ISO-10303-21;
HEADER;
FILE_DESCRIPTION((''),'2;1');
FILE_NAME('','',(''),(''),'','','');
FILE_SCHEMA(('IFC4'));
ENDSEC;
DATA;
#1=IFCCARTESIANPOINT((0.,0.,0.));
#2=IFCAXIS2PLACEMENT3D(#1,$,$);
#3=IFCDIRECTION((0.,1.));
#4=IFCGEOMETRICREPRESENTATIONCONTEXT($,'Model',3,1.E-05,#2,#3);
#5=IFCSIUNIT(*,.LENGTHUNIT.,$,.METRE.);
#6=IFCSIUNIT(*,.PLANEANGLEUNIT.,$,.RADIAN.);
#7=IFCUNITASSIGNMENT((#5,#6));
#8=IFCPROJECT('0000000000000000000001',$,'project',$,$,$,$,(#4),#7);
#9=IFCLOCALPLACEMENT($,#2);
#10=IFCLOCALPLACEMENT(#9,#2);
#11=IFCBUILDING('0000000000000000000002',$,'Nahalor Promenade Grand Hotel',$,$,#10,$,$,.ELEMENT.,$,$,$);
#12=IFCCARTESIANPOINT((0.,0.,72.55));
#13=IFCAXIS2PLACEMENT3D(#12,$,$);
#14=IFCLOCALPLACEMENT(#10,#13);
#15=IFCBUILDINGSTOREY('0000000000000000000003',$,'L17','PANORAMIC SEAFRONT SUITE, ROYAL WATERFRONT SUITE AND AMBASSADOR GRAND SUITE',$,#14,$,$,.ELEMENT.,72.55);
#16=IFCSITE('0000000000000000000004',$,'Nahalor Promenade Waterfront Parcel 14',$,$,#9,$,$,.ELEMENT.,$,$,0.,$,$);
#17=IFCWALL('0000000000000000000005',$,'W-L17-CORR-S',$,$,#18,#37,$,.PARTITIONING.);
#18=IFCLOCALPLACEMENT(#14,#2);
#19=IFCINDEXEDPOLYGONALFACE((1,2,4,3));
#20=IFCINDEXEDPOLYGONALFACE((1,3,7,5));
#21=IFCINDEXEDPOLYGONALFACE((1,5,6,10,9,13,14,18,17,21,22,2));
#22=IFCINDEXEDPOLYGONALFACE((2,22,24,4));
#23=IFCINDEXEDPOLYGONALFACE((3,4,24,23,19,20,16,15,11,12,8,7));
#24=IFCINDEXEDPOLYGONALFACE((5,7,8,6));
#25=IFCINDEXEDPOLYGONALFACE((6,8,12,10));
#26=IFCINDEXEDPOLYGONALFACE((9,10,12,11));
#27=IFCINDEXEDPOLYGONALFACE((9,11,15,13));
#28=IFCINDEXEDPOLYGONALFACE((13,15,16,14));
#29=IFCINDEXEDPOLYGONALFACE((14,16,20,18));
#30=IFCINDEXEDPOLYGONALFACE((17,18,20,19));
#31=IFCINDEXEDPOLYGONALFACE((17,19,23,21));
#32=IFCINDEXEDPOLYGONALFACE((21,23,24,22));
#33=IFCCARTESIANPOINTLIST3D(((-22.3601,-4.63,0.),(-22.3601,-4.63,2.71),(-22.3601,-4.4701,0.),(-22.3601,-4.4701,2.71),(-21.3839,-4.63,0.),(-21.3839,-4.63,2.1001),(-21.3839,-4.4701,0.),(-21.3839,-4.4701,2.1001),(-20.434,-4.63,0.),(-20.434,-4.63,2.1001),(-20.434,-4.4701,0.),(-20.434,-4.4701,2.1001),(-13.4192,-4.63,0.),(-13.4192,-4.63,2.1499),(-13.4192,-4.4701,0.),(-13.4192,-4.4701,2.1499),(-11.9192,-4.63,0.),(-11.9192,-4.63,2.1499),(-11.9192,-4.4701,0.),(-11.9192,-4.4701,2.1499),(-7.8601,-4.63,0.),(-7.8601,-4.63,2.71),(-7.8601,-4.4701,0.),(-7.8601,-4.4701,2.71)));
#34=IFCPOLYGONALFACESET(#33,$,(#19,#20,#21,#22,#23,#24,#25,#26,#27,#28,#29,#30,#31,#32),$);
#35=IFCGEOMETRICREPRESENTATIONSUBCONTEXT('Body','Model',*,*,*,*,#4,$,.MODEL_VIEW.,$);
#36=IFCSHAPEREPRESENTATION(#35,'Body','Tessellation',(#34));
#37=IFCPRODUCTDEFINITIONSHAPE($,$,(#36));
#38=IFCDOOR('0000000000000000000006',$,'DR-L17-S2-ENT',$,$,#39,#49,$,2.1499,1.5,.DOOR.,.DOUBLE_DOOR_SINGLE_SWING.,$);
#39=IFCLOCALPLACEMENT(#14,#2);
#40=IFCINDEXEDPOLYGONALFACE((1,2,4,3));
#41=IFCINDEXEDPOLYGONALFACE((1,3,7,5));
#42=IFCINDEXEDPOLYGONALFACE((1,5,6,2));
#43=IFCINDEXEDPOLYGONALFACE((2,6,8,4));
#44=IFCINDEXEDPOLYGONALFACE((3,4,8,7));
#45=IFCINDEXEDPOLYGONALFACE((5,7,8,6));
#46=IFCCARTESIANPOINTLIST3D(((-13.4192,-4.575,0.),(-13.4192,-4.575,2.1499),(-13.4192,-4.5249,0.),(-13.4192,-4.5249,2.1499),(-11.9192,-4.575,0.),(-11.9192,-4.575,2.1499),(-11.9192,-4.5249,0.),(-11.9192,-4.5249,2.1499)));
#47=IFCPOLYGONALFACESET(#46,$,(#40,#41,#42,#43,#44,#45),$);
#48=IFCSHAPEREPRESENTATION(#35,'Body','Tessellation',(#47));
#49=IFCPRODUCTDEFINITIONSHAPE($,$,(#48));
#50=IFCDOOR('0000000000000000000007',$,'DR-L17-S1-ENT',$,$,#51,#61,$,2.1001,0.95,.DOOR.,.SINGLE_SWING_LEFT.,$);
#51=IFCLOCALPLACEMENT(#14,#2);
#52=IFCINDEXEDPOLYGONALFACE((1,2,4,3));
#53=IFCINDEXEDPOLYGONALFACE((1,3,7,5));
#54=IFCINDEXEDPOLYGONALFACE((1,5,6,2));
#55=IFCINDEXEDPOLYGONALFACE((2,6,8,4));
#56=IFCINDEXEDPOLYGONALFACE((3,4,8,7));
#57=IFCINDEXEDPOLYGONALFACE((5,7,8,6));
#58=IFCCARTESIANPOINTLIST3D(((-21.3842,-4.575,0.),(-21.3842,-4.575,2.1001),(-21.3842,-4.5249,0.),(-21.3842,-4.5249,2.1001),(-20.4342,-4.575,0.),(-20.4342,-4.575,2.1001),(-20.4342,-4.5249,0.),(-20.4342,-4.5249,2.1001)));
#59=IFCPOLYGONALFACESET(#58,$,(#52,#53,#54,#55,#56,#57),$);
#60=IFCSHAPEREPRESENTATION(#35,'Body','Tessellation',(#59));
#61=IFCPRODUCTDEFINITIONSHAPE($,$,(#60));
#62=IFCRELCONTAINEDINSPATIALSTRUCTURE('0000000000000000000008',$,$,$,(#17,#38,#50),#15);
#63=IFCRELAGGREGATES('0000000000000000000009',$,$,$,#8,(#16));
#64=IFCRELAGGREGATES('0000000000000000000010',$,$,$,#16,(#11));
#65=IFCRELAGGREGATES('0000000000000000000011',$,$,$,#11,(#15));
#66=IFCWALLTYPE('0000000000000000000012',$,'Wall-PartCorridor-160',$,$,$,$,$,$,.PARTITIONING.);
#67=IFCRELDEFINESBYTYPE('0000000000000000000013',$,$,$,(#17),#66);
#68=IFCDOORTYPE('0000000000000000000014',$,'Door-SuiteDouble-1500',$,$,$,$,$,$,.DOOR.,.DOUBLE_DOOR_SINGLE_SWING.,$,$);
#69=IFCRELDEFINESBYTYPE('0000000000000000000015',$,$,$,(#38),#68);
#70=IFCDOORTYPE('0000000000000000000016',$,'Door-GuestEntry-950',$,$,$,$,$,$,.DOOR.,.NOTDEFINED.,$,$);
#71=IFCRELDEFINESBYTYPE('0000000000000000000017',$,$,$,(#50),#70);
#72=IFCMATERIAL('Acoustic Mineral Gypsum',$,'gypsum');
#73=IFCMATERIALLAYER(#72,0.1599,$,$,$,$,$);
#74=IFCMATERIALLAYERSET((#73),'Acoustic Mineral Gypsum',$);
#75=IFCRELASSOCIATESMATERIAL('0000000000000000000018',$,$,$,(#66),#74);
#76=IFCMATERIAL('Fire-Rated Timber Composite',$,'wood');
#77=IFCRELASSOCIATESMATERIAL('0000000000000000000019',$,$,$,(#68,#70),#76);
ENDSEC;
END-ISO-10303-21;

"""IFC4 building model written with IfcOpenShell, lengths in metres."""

from ifc_helpers import new_model, si_unit, direction, frame, frame_2d, origin, place, context, subcontext, project, spatial, rectangle, extrude, source, transform, mapped, material, layer, layer_set, type_object, element, fill, save


model = new_model("IFC4")

# Units and contexts
model_context = context("Model", 3, precision=1e-05, world=origin(), true_north=direction((0.0, 1.0)))
body_context = subcontext(model_context, "Body", "Model", "MODEL_VIEW")
ifc_project = project(units=[si_unit("LENGTHUNIT", "METRE"), si_unit("PLANEANGLEUNIT", "RADIAN")], contexts=[model_context])

# Site, building, storey
site_placement = place(None, origin())
site = spatial("IfcSite", under=ifc_project, at=site_placement, Name="Nahalor Promenade Waterfront Parcel 14", CompositionType="ELEMENT", RefElevation=0.0)
building_placement = place(site_placement, origin())
building = spatial("IfcBuilding", under=site, at=building_placement, Name="Nahalor Promenade Grand Hotel", CompositionType="ELEMENT")
storey_placement = place(building_placement, frame((0.0, 0.0, 72.55)))
storey = spatial("IfcBuildingStorey", under=building, at=storey_placement, Name="L17", Description="PANORAMIC SEAFRONT SUITE, ROYAL WATERFRONT SUITE AND AMBASSADOR GRAND SUITE", CompositionType="ELEMENT", Elevation=72.55)

# Wall, openings, doors
ifc_material_1 = material(Name="Acoustic Mineral Gypsum", Category="gypsum")
ifc_layer_1 = layer(ifc_material_1, 0.1599)
ifc_layer_set_1 = layer_set([ifc_layer_1], Name="Acoustic Mineral Gypsum")
wall_type_1 = type_object("IfcWallType", Name="Wall-PartCorridor-160", PredefinedType="PARTITIONING", material=ifc_layer_set_1)
shared_shape_1 = source(origin(), body_context, "Body", "SweptSolid", [
    extrude(rectangle(XDim=14.5, YDim=0.1599, at=frame_2d((7.25, 0.0))), origin(), (0.0, 0.0, 1.0), 2.71),
])
wall_1_placement = place(storey_placement, frame((-22.3601, -4.55, 0.0), z_axis=(0.0, 0.0, 1.0), x_axis=(1.0, 0.0, 0.0)))
wall_1 = element("IfcWall", 1, at=wall_1_placement, inside=storey, type_object=wall_type_1, Name="W-L17-CORR-S", PredefinedType="PARTITIONING", context=body_context, shape_type="MappedRepresentation", body=[
    mapped(shared_shape_1, transform((0.0, 0.0, 0.0), scale=1.0)),
])
opening_1_placement = place(wall_1_placement, frame((0.9761, 0.0, 0.0)))
opening_1 = element("IfcOpeningElement", 2, at=opening_1_placement, cuts=wall_1, PredefinedType="OPENING", context=body_context, shape_type="SweptSolid", body=[
    extrude(rectangle(XDim=0.95, YDim=2.1001, at=frame_2d((0.4751, 1.05))), frame((0.0, 0.0898, 0.0), z_axis=(0.0, -1.0, 0.0), x_axis=(1.0, 0.0, 0.0)), (0.0, 0.0, 1.0), 0.1799),
])
opening_2_placement = place(wall_1_placement, frame((8.9409, 0.0, 0.0)))
opening_2 = element("IfcOpeningElement", 3, at=opening_2_placement, cuts=wall_1, PredefinedType="OPENING", context=body_context, shape_type="SweptSolid", body=[
    extrude(rectangle(XDim=1.5, YDim=2.1499, at=frame_2d((0.75, 1.075))), frame((0.0, 0.0898, 0.0), z_axis=(0.0, -1.0, 0.0), x_axis=(1.0, 0.0, 0.0)), (0.0, 0.0, 1.0), 0.1799),
])
ifc_material_2 = material(Name="Fire-Rated Timber Composite", Category="wood")
door_type_1 = type_object("IfcDoorType", Name="Door-SuiteDouble-1500", OperationType="DOUBLE_DOOR_SINGLE_SWING", PredefinedType="DOOR", material=ifc_material_2)
shared_shape_2 = source(origin(), body_context, "Body", "SweptSolid", [
    extrude(rectangle(XDim=1.5, YDim=2.1499, at=frame_2d((0.75, 1.075))), frame((0.0, 0.0249, 0.0), z_axis=(0.0, -1.0, 0.0), x_axis=(1.0, 0.0, 0.0)), (0.0, 0.0, 1.0), 0.05),
])
door_1_placement = place(opening_2_placement, frame((1.5, 0.0, 0.0), z_axis=(0.0, 0.0, 1.0), x_axis=(-1.0, 0.0, 0.0)))
door_1 = element("IfcDoor", 4, at=door_1_placement, inside=storey, type_object=door_type_1, Name="DR-L17-S2-ENT", OperationType="DOUBLE_DOOR_SINGLE_SWING", OverallHeight=2.1499, OverallWidth=1.5, PredefinedType="DOOR", context=body_context, shape_type="MappedRepresentation", body=[
    mapped(shared_shape_2, transform((0.0, 0.0, 0.0), scale=1.0)),
])
fill(opening_2, door_1)
door_type_2 = type_object("IfcDoorType", Name="Door-GuestEntry-950", OperationType="NOTDEFINED", PredefinedType="DOOR", material=ifc_material_2)
shared_shape_3 = source(origin(), body_context, "Body", "SweptSolid", [
    extrude(rectangle(XDim=0.95, YDim=2.1001, at=frame_2d((0.4751, 1.05))), frame((0.0, 0.0249, 0.0), z_axis=(0.0, -1.0, 0.0), x_axis=(1.0, 0.0, 0.0)), (0.0, 0.0, 1.0), 0.05),
])
door_2_placement = place(opening_1_placement, frame((0.95, 0.0, 0.0), z_axis=(0.0, 0.0, 1.0), x_axis=(-1.0, 0.0, 0.0)))
door_2 = element("IfcDoor", 5, at=door_2_placement, inside=storey, type_object=door_type_2, Name="DR-L17-S1-ENT", OperationType="SINGLE_SWING_LEFT", OverallHeight=2.1001, OverallWidth=0.95, PredefinedType="DOOR", context=body_context, shape_type="MappedRepresentation", body=[
    mapped(shared_shape_3, transform((0.0, 0.0, 0.0), scale=1.0)),
])
fill(opening_1, door_2)

save(model, "model.ifc")
